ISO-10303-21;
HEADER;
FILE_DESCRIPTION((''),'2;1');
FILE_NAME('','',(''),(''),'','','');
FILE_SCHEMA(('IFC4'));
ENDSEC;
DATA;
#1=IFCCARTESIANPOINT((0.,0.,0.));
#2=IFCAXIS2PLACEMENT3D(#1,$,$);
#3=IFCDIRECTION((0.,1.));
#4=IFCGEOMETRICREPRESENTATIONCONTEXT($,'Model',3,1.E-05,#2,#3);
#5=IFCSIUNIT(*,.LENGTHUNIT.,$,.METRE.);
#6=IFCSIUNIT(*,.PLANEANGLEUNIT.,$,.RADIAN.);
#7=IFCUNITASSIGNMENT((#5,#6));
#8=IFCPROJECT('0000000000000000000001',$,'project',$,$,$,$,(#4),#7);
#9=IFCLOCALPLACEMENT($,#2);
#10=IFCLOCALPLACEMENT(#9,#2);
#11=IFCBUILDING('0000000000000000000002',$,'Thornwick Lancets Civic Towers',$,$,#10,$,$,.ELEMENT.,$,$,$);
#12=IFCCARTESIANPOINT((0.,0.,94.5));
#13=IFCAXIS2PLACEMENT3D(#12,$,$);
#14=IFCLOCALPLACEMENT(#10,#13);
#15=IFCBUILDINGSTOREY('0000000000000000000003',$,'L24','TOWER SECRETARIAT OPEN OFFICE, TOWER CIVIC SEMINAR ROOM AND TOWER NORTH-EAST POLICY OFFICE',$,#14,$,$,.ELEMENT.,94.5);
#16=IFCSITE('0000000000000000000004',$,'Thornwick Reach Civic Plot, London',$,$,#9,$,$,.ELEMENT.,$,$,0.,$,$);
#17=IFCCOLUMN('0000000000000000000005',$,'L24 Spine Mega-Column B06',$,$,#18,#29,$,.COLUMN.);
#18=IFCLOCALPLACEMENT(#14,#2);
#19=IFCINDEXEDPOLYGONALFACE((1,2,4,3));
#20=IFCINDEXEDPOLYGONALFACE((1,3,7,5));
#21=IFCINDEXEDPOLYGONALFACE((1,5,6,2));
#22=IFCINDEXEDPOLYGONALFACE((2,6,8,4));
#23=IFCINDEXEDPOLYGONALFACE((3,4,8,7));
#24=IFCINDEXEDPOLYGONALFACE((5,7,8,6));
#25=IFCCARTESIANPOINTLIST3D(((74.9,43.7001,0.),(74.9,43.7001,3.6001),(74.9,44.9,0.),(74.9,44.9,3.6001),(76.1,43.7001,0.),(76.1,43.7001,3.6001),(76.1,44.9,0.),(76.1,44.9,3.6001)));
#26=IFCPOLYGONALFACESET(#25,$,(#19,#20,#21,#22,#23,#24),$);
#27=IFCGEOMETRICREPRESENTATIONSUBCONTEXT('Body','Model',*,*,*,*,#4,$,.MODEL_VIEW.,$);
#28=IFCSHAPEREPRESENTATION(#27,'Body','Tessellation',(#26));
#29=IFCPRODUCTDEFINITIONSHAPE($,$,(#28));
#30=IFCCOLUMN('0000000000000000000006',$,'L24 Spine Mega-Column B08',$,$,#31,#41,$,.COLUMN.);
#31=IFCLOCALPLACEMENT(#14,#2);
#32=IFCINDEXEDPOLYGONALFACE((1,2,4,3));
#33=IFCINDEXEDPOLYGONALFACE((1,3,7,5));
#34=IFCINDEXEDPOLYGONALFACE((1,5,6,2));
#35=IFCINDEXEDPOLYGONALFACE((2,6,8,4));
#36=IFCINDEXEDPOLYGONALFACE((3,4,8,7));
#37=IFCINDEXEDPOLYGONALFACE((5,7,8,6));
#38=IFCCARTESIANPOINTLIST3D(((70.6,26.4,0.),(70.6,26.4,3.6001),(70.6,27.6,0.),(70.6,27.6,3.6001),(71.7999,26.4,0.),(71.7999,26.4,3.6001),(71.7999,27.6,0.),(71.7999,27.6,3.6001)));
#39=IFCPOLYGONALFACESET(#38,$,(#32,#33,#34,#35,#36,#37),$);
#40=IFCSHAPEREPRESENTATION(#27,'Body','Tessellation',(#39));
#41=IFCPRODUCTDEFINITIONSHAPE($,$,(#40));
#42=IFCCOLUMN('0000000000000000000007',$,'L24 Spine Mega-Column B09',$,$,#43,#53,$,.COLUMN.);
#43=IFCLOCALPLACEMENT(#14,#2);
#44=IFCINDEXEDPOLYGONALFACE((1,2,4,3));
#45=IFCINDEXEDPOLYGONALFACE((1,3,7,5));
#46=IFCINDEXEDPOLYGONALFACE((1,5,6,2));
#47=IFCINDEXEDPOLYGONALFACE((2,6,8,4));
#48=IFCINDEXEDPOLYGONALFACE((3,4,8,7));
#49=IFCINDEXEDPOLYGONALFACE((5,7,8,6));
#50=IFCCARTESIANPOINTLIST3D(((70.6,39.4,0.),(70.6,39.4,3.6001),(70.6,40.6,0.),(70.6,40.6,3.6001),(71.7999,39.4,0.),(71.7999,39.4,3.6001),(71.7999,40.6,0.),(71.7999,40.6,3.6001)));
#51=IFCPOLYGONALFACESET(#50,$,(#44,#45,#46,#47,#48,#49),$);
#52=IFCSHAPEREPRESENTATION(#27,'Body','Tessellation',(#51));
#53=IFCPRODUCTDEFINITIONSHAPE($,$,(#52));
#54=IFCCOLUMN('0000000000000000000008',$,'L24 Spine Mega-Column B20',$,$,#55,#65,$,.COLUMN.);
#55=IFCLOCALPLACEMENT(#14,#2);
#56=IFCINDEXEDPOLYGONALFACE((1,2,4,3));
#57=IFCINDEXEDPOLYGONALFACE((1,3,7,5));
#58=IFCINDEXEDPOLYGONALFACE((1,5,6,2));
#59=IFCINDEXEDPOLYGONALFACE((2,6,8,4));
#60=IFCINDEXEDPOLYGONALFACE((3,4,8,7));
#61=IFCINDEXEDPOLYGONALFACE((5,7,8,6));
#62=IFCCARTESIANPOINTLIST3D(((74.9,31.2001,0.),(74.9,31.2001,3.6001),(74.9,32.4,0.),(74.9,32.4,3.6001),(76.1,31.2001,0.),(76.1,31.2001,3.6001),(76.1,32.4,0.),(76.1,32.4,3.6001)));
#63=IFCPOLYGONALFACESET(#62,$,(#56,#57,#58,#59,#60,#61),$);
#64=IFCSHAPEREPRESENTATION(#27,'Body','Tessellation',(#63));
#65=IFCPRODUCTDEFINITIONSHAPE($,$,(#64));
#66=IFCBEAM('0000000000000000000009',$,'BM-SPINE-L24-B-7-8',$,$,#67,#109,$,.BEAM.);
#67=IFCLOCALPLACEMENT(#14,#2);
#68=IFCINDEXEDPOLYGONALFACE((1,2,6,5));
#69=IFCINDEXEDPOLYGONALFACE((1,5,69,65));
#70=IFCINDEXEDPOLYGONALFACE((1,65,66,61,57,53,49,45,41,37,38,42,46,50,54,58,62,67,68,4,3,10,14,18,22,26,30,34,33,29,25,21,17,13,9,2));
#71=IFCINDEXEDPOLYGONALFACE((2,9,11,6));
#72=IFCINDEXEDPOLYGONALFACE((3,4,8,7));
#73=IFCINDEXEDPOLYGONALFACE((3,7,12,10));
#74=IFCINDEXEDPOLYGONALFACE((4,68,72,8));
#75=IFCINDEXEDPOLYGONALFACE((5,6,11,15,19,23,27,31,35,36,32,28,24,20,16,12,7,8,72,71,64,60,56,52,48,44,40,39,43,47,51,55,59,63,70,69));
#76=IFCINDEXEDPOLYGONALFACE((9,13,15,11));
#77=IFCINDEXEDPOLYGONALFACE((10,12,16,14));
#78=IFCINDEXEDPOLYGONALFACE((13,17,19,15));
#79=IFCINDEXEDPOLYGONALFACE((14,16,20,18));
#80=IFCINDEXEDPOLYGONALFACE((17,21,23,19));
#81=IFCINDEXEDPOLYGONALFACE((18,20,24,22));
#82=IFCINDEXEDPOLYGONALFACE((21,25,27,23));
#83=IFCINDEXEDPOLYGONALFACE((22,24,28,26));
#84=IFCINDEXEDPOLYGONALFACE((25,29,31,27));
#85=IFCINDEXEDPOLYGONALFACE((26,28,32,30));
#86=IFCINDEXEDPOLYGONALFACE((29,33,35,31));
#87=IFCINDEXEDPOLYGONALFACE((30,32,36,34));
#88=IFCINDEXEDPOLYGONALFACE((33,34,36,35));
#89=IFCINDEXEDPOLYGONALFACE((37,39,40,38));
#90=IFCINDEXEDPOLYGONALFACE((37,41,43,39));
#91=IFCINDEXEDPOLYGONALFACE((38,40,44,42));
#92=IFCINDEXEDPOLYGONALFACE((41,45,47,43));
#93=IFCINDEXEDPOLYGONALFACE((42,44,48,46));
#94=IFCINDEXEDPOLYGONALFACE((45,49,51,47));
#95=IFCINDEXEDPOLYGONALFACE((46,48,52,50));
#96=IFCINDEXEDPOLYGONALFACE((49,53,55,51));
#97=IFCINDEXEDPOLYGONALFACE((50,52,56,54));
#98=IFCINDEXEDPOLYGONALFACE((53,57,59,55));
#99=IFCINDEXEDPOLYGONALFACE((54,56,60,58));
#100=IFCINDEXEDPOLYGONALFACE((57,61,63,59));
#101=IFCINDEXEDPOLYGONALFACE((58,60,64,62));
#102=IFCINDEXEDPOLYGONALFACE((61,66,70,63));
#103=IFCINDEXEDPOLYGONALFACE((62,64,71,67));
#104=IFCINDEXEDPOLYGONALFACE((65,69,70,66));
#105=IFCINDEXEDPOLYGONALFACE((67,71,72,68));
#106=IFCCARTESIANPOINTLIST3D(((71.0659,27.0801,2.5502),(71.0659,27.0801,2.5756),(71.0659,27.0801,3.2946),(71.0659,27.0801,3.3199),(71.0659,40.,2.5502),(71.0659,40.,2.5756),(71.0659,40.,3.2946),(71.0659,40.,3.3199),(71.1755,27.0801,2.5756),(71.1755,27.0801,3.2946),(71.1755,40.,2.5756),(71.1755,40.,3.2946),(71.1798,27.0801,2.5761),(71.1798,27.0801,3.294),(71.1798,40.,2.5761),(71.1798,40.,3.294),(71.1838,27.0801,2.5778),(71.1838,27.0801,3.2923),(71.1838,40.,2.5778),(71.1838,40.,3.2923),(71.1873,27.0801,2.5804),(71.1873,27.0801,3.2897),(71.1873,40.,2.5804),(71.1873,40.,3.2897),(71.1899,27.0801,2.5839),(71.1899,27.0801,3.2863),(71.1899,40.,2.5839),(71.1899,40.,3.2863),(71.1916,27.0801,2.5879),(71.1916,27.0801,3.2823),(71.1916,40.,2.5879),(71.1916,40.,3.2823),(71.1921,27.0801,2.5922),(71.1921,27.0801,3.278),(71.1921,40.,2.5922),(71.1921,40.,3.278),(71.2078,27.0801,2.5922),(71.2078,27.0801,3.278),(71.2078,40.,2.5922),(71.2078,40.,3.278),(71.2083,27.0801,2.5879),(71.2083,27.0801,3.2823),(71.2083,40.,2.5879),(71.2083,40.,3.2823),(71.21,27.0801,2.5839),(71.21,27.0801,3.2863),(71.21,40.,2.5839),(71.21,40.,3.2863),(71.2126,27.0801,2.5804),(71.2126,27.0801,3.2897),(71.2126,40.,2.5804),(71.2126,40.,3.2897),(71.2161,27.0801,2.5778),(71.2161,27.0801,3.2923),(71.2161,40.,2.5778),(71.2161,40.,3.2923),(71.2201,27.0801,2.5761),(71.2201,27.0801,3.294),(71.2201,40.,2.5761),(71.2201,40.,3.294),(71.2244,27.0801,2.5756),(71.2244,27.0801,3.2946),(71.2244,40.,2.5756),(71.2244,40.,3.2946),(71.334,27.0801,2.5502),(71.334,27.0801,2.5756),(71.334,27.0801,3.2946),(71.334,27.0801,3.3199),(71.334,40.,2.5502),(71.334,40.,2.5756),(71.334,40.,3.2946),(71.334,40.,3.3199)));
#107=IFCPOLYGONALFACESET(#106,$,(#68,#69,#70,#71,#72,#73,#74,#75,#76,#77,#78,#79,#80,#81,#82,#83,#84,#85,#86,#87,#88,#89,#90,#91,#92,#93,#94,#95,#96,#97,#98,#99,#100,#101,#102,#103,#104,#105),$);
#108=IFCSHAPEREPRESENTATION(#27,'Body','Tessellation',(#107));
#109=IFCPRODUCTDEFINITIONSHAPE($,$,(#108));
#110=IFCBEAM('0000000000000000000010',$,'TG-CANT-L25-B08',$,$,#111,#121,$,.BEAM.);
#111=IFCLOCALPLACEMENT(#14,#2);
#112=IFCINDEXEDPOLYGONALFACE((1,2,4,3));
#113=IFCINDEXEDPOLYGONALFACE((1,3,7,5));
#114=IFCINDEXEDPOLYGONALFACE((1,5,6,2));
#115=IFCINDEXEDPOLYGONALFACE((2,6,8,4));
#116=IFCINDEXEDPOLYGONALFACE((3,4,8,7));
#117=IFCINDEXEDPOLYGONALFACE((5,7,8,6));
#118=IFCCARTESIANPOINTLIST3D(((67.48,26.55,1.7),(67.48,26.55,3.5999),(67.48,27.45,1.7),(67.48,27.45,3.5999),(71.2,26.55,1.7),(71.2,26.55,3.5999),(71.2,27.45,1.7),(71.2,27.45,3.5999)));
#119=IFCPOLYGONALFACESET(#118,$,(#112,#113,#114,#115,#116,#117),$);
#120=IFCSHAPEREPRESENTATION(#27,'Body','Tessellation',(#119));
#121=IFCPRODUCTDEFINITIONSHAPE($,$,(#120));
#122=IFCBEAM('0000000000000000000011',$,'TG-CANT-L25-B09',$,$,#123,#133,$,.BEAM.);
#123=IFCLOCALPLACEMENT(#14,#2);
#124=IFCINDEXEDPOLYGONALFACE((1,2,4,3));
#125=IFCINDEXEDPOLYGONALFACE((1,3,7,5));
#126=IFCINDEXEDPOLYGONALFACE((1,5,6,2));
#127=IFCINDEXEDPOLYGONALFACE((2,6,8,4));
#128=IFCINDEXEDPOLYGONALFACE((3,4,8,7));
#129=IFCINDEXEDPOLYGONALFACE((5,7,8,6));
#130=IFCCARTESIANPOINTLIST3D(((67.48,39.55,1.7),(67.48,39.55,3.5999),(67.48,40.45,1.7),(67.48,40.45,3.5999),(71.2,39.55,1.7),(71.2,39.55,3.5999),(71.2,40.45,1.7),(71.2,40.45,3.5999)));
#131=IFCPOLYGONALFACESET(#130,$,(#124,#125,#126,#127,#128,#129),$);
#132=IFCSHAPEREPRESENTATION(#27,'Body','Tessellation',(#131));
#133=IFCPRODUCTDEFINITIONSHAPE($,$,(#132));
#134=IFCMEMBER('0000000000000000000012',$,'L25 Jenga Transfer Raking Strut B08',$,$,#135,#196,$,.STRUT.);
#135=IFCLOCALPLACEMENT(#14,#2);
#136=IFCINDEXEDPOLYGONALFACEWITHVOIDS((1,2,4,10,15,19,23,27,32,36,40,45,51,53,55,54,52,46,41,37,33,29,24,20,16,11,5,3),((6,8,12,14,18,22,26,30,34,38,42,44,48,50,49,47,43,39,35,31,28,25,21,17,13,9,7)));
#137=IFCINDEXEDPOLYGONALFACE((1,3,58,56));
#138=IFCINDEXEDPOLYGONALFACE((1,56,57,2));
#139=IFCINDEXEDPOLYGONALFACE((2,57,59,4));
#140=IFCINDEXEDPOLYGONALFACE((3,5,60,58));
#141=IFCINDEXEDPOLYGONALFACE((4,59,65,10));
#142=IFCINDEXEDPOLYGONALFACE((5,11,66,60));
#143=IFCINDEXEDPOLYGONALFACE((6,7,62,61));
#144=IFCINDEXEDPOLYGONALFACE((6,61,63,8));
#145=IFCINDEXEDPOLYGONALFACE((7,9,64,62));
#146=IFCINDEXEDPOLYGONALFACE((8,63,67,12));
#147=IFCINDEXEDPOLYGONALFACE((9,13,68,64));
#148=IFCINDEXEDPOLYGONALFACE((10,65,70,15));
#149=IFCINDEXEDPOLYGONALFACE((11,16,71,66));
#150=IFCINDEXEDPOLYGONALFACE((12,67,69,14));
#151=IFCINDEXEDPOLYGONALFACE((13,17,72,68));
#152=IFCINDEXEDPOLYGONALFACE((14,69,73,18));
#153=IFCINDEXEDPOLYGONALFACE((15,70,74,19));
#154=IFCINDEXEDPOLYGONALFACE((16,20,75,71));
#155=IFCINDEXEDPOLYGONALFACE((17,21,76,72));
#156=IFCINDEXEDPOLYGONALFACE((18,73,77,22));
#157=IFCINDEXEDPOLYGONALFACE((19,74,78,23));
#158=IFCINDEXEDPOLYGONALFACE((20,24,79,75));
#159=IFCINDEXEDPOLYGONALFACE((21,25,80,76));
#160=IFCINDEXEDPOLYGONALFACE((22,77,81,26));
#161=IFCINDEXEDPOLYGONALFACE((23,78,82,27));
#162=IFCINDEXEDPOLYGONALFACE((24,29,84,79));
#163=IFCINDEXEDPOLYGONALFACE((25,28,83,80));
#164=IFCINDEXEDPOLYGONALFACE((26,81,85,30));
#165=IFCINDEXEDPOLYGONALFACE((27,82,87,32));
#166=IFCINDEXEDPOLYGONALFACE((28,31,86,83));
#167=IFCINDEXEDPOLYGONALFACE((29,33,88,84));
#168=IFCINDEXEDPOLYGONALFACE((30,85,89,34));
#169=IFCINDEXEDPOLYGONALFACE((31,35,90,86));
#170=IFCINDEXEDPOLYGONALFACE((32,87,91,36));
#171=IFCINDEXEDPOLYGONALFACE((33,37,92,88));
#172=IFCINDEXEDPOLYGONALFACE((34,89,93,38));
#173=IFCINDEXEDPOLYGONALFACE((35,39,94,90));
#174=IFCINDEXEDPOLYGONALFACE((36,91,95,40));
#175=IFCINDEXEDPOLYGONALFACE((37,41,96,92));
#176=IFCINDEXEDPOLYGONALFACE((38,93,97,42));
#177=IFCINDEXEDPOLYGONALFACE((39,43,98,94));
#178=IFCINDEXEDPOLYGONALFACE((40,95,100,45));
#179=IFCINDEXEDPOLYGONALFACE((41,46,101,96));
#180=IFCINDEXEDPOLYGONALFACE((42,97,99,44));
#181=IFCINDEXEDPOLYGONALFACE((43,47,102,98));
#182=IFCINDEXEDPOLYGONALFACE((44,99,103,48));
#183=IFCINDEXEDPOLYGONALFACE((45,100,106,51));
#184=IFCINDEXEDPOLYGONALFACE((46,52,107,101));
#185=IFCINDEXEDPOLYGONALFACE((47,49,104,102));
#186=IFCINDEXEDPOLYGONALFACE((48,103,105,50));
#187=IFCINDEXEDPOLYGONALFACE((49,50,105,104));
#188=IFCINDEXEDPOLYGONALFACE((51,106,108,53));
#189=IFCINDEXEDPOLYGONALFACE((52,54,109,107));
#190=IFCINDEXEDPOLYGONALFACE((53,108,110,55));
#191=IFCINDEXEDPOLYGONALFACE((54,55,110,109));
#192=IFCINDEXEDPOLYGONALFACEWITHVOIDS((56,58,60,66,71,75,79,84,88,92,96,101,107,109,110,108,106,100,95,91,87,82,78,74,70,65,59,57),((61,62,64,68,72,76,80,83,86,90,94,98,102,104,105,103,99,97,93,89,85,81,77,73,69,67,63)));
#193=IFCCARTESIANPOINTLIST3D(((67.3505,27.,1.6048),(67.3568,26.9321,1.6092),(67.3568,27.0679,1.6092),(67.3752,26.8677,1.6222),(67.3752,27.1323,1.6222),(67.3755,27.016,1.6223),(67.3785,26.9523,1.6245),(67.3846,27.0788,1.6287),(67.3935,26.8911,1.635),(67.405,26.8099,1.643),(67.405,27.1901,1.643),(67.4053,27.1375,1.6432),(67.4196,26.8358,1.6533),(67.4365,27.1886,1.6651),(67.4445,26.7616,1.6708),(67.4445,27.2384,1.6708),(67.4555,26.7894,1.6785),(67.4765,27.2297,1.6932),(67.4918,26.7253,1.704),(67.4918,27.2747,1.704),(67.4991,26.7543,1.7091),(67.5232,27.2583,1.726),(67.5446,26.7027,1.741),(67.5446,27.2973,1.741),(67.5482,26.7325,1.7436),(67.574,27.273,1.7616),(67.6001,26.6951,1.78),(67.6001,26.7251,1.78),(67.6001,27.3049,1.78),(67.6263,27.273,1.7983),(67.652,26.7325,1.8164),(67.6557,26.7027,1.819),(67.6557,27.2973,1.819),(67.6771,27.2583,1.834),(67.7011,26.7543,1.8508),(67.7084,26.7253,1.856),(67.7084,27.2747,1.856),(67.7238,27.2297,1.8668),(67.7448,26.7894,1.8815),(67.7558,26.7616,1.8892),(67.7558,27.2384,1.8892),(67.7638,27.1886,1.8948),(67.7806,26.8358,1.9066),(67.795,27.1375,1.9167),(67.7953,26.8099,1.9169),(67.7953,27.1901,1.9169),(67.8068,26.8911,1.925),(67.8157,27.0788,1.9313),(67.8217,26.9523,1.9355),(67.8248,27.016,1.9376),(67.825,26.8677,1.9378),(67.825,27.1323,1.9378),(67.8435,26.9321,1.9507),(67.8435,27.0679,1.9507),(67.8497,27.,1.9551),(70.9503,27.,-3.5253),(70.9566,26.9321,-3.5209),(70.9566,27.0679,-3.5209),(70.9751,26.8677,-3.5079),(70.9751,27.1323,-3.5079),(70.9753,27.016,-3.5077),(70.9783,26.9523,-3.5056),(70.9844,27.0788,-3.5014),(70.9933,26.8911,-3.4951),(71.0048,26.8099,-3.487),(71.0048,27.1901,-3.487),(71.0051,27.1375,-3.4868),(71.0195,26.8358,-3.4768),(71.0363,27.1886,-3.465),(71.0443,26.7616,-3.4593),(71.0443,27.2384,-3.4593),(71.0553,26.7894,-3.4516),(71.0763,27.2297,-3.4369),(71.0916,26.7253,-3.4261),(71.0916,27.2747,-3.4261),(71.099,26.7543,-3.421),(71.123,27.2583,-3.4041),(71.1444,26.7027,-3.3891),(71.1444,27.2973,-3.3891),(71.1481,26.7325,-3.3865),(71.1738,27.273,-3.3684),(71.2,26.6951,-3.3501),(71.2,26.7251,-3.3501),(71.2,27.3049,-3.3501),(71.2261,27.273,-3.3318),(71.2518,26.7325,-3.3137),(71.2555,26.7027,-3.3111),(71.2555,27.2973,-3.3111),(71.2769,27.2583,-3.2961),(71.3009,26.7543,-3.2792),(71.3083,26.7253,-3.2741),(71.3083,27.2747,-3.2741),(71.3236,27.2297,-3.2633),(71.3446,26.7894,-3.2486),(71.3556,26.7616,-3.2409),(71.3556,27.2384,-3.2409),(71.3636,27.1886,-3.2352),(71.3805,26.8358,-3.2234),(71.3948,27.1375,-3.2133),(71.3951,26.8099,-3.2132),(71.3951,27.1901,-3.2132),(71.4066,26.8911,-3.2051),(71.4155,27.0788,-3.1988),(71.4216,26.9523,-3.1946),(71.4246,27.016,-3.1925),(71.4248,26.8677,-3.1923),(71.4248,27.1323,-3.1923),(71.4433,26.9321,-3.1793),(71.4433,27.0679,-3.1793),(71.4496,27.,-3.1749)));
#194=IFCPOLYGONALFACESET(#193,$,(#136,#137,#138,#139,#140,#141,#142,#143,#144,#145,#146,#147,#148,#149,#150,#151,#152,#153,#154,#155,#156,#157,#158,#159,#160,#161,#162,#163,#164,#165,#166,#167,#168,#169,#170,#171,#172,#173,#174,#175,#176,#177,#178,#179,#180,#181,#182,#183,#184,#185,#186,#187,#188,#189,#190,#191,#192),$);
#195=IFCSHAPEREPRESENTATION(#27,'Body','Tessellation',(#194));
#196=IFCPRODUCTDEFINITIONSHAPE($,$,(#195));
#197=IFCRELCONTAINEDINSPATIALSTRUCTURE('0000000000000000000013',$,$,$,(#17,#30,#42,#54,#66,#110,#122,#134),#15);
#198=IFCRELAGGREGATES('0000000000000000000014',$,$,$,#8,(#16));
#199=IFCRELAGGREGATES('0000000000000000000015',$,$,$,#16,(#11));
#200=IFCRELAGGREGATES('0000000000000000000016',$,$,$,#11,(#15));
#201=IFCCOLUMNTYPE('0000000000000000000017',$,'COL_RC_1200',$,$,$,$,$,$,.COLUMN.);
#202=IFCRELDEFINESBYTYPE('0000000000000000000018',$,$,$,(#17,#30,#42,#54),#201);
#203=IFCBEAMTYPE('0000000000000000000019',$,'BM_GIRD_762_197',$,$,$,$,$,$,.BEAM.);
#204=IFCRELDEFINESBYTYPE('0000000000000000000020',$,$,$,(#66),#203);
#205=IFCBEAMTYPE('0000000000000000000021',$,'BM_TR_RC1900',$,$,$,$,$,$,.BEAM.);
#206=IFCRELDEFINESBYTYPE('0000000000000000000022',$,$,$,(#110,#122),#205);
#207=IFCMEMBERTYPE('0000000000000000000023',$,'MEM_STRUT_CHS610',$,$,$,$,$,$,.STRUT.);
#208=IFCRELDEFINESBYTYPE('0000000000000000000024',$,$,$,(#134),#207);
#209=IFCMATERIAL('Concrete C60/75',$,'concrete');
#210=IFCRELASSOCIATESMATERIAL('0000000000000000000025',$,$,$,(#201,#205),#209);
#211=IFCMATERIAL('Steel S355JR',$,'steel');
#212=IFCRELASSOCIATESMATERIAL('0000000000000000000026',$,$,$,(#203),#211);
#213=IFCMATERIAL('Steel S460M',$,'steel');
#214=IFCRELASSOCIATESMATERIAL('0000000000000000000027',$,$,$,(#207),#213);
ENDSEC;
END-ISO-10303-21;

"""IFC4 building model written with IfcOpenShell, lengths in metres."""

from ifc_helpers import new_model, si_unit, direction, frame, origin, origin_2d, place, context, subcontext, project, spatial, rectangle, hollow_circle, i_section, extrude, material, material_profile, profile_set, type_object, element, save


model = new_model("IFC4")

# Units and contexts
model_context = context("Model", 3, precision=1e-05, world=origin(), true_north=direction((0.0, 1.0)))
body_context = subcontext(model_context, "Body", "Model", "MODEL_VIEW")
ifc_project = project(units=[si_unit("LENGTHUNIT", "METRE"), si_unit("PLANEANGLEUNIT", "RADIAN")], contexts=[model_context])

# Site, building, storey
site_placement = place(None, origin())
site = spatial("IfcSite", under=ifc_project, at=site_placement, Name="Thornwick Reach Civic Plot, London", CompositionType="ELEMENT", RefElevation=0.0)
building_placement = place(site_placement, origin())
building = spatial("IfcBuilding", under=site, at=building_placement, Name="Thornwick Lancets Civic Towers", CompositionType="ELEMENT")
storey_placement = place(building_placement, frame((0.0, 0.0, 94.5)))
storey = spatial("IfcBuildingStorey", under=building, at=storey_placement, Name="L24", Description="TOWER SECRETARIAT OPEN OFFICE, TOWER CIVIC SEMINAR ROOM AND TOWER NORTH-EAST POLICY OFFICE", CompositionType="ELEMENT", Elevation=94.5)

# Columns
ifc_material_1 = material(Name="Concrete C60/75", Category="concrete")
ifc_material_profile_1 = material_profile(ifc_material_1, rectangle(XDim=1.2, YDim=1.2, at=origin_2d()), Name="RC 1200x1200")
ifc_profile_set_1 = profile_set([ifc_material_profile_1], Name="Concrete C60/75")
column_type = type_object("IfcColumnType", Name="COL_RC_1200", PredefinedType="COLUMN", material=ifc_profile_set_1)
for number, where, z_axis, x_axis, name in (
    (1, (75.5, 44.3, 0.0), (0.0, 0.0, 1.0), (1.0, 0.0, 0.0), "L24 Spine Mega-Column B06"),
    (2, (71.2, 27.0, 0.0), (0.0, 0.0, 1.0), (1.0, 0.0, 0.0), "L24 Spine Mega-Column B08"),
    (3, (71.2, 40.0, 0.0), (0.0, 0.0, 1.0), (1.0, 0.0, 0.0), "L24 Spine Mega-Column B09"),
    (4, (75.5, 31.8, 0.0), (0.0, 0.0, 1.0), (1.0, 0.0, 0.0), "L24 Spine Mega-Column B20"),
):
    element("IfcColumn", number, at=place(storey_placement, frame(where, z_axis=z_axis, x_axis=x_axis)), inside=storey, type_object=column_type, Name=name, PredefinedType="COLUMN", context=body_context, shape_type="SweptSolid", body=[
        extrude(rectangle(XDim=1.2, YDim=1.2, at=origin_2d()), origin(), (0.0, 0.0, 1.0), 3.6001),
    ])

# Beams
ifc_material_2 = material(Name="Steel S355JR", Category="steel")
ifc_material_profile_2 = material_profile(ifc_material_2, i_section(OverallWidth=0.2681, OverallDepth=0.7698, WebThickness=0.0156, FlangeThickness=0.0254, FilletRadius=0.0166, at=origin_2d()), Name="UKB 762x267x197")
ifc_profile_set_2 = profile_set([ifc_material_profile_2], Name="Steel S355JR")
beam_type_1 = type_object("IfcBeamType", Name="BM_GIRD_762_197", PredefinedType="BEAM", material=ifc_profile_set_2)
beam_placement = place(storey_placement, frame((71.2, 27.0801, 2.9351), z_axis=(0.0, 1.0, 0.0), x_axis=(-1.0, 0.0, 0.0)))
element("IfcBeam", 5, at=beam_placement, inside=storey, type_object=beam_type_1, Name="BM-SPINE-L24-B-7-8", PredefinedType="BEAM", context=body_context, shape_type="SweptSolid", body=[
    extrude(i_section(OverallWidth=0.2681, OverallDepth=0.7698, WebThickness=0.0156, FlangeThickness=0.0254, FilletRadius=0.0166, at=origin_2d()), origin(), (0.0, 0.0, 1.0), 12.9199),
])
ifc_material_profile_3 = material_profile(ifc_material_1, rectangle(XDim=0.8999, YDim=1.8999, at=origin_2d()), Name="RC 900x1900")
ifc_profile_set_3 = profile_set([ifc_material_profile_3], Name="Concrete C60/75")
beam_type_2 = type_object("IfcBeamType", Name="BM_TR_RC1900", PredefinedType="BEAM", material=ifc_profile_set_3)
for number, where, z_axis, x_axis, name in (
    (6, (71.2, 27.0, 2.6499), (-1.0, 0.0, 0.0), (0.0, -1.0, 0.0), "TG-CANT-L25-B08"),
    (7, (71.2, 40.0, 2.6499), (-1.0, 0.0, 0.0), (0.0, -1.0, 0.0), "TG-CANT-L25-B09"),
):
    element("IfcBeam", number, at=place(storey_placement, frame(where, z_axis=z_axis, x_axis=x_axis)), inside=storey, type_object=beam_type_2, Name=name, PredefinedType="BEAM", context=body_context, shape_type="SweptSolid", body=[
        extrude(rectangle(XDim=0.8999, YDim=1.8999, at=origin_2d()), origin(), (0.0, 0.0, 1.0), 3.72),
    ])

# Member
ifc_material_3 = material(Name="Steel S460M", Category="steel")
ifc_material_profile_4 = material_profile(ifc_material_3, hollow_circle(Radius=0.3049, WallThickness=0.03, at=origin_2d()), Name="CHS 610x30")
ifc_profile_set_4 = profile_set([ifc_material_profile_4], Name="Steel S460M")
member_type = type_object("IfcMemberType", Name="MEM_STRUT_CHS610", PredefinedType="STRUT", material=ifc_profile_set_4)
for number, where, z_axis, x_axis, name in (
    (8, (71.2, 27.0, -3.3501), (-0.574401, 0.0, 0.818574), (0.0, -1.0, 0.0), "L25 Jenga Transfer Raking Strut B08"),
):
    element("IfcMember", number, at=place(storey_placement, frame(where, z_axis=z_axis, x_axis=x_axis)), inside=storey, type_object=member_type, Name=name, PredefinedType="STRUT", context=body_context, shape_type="SweptSolid", body=[
        extrude(hollow_circle(Radius=0.3049, WallThickness=0.03, at=origin_2d()), origin(), (0.0, 0.0, 1.0), 6.2671),
    ])

save(model, "model.ifc")
